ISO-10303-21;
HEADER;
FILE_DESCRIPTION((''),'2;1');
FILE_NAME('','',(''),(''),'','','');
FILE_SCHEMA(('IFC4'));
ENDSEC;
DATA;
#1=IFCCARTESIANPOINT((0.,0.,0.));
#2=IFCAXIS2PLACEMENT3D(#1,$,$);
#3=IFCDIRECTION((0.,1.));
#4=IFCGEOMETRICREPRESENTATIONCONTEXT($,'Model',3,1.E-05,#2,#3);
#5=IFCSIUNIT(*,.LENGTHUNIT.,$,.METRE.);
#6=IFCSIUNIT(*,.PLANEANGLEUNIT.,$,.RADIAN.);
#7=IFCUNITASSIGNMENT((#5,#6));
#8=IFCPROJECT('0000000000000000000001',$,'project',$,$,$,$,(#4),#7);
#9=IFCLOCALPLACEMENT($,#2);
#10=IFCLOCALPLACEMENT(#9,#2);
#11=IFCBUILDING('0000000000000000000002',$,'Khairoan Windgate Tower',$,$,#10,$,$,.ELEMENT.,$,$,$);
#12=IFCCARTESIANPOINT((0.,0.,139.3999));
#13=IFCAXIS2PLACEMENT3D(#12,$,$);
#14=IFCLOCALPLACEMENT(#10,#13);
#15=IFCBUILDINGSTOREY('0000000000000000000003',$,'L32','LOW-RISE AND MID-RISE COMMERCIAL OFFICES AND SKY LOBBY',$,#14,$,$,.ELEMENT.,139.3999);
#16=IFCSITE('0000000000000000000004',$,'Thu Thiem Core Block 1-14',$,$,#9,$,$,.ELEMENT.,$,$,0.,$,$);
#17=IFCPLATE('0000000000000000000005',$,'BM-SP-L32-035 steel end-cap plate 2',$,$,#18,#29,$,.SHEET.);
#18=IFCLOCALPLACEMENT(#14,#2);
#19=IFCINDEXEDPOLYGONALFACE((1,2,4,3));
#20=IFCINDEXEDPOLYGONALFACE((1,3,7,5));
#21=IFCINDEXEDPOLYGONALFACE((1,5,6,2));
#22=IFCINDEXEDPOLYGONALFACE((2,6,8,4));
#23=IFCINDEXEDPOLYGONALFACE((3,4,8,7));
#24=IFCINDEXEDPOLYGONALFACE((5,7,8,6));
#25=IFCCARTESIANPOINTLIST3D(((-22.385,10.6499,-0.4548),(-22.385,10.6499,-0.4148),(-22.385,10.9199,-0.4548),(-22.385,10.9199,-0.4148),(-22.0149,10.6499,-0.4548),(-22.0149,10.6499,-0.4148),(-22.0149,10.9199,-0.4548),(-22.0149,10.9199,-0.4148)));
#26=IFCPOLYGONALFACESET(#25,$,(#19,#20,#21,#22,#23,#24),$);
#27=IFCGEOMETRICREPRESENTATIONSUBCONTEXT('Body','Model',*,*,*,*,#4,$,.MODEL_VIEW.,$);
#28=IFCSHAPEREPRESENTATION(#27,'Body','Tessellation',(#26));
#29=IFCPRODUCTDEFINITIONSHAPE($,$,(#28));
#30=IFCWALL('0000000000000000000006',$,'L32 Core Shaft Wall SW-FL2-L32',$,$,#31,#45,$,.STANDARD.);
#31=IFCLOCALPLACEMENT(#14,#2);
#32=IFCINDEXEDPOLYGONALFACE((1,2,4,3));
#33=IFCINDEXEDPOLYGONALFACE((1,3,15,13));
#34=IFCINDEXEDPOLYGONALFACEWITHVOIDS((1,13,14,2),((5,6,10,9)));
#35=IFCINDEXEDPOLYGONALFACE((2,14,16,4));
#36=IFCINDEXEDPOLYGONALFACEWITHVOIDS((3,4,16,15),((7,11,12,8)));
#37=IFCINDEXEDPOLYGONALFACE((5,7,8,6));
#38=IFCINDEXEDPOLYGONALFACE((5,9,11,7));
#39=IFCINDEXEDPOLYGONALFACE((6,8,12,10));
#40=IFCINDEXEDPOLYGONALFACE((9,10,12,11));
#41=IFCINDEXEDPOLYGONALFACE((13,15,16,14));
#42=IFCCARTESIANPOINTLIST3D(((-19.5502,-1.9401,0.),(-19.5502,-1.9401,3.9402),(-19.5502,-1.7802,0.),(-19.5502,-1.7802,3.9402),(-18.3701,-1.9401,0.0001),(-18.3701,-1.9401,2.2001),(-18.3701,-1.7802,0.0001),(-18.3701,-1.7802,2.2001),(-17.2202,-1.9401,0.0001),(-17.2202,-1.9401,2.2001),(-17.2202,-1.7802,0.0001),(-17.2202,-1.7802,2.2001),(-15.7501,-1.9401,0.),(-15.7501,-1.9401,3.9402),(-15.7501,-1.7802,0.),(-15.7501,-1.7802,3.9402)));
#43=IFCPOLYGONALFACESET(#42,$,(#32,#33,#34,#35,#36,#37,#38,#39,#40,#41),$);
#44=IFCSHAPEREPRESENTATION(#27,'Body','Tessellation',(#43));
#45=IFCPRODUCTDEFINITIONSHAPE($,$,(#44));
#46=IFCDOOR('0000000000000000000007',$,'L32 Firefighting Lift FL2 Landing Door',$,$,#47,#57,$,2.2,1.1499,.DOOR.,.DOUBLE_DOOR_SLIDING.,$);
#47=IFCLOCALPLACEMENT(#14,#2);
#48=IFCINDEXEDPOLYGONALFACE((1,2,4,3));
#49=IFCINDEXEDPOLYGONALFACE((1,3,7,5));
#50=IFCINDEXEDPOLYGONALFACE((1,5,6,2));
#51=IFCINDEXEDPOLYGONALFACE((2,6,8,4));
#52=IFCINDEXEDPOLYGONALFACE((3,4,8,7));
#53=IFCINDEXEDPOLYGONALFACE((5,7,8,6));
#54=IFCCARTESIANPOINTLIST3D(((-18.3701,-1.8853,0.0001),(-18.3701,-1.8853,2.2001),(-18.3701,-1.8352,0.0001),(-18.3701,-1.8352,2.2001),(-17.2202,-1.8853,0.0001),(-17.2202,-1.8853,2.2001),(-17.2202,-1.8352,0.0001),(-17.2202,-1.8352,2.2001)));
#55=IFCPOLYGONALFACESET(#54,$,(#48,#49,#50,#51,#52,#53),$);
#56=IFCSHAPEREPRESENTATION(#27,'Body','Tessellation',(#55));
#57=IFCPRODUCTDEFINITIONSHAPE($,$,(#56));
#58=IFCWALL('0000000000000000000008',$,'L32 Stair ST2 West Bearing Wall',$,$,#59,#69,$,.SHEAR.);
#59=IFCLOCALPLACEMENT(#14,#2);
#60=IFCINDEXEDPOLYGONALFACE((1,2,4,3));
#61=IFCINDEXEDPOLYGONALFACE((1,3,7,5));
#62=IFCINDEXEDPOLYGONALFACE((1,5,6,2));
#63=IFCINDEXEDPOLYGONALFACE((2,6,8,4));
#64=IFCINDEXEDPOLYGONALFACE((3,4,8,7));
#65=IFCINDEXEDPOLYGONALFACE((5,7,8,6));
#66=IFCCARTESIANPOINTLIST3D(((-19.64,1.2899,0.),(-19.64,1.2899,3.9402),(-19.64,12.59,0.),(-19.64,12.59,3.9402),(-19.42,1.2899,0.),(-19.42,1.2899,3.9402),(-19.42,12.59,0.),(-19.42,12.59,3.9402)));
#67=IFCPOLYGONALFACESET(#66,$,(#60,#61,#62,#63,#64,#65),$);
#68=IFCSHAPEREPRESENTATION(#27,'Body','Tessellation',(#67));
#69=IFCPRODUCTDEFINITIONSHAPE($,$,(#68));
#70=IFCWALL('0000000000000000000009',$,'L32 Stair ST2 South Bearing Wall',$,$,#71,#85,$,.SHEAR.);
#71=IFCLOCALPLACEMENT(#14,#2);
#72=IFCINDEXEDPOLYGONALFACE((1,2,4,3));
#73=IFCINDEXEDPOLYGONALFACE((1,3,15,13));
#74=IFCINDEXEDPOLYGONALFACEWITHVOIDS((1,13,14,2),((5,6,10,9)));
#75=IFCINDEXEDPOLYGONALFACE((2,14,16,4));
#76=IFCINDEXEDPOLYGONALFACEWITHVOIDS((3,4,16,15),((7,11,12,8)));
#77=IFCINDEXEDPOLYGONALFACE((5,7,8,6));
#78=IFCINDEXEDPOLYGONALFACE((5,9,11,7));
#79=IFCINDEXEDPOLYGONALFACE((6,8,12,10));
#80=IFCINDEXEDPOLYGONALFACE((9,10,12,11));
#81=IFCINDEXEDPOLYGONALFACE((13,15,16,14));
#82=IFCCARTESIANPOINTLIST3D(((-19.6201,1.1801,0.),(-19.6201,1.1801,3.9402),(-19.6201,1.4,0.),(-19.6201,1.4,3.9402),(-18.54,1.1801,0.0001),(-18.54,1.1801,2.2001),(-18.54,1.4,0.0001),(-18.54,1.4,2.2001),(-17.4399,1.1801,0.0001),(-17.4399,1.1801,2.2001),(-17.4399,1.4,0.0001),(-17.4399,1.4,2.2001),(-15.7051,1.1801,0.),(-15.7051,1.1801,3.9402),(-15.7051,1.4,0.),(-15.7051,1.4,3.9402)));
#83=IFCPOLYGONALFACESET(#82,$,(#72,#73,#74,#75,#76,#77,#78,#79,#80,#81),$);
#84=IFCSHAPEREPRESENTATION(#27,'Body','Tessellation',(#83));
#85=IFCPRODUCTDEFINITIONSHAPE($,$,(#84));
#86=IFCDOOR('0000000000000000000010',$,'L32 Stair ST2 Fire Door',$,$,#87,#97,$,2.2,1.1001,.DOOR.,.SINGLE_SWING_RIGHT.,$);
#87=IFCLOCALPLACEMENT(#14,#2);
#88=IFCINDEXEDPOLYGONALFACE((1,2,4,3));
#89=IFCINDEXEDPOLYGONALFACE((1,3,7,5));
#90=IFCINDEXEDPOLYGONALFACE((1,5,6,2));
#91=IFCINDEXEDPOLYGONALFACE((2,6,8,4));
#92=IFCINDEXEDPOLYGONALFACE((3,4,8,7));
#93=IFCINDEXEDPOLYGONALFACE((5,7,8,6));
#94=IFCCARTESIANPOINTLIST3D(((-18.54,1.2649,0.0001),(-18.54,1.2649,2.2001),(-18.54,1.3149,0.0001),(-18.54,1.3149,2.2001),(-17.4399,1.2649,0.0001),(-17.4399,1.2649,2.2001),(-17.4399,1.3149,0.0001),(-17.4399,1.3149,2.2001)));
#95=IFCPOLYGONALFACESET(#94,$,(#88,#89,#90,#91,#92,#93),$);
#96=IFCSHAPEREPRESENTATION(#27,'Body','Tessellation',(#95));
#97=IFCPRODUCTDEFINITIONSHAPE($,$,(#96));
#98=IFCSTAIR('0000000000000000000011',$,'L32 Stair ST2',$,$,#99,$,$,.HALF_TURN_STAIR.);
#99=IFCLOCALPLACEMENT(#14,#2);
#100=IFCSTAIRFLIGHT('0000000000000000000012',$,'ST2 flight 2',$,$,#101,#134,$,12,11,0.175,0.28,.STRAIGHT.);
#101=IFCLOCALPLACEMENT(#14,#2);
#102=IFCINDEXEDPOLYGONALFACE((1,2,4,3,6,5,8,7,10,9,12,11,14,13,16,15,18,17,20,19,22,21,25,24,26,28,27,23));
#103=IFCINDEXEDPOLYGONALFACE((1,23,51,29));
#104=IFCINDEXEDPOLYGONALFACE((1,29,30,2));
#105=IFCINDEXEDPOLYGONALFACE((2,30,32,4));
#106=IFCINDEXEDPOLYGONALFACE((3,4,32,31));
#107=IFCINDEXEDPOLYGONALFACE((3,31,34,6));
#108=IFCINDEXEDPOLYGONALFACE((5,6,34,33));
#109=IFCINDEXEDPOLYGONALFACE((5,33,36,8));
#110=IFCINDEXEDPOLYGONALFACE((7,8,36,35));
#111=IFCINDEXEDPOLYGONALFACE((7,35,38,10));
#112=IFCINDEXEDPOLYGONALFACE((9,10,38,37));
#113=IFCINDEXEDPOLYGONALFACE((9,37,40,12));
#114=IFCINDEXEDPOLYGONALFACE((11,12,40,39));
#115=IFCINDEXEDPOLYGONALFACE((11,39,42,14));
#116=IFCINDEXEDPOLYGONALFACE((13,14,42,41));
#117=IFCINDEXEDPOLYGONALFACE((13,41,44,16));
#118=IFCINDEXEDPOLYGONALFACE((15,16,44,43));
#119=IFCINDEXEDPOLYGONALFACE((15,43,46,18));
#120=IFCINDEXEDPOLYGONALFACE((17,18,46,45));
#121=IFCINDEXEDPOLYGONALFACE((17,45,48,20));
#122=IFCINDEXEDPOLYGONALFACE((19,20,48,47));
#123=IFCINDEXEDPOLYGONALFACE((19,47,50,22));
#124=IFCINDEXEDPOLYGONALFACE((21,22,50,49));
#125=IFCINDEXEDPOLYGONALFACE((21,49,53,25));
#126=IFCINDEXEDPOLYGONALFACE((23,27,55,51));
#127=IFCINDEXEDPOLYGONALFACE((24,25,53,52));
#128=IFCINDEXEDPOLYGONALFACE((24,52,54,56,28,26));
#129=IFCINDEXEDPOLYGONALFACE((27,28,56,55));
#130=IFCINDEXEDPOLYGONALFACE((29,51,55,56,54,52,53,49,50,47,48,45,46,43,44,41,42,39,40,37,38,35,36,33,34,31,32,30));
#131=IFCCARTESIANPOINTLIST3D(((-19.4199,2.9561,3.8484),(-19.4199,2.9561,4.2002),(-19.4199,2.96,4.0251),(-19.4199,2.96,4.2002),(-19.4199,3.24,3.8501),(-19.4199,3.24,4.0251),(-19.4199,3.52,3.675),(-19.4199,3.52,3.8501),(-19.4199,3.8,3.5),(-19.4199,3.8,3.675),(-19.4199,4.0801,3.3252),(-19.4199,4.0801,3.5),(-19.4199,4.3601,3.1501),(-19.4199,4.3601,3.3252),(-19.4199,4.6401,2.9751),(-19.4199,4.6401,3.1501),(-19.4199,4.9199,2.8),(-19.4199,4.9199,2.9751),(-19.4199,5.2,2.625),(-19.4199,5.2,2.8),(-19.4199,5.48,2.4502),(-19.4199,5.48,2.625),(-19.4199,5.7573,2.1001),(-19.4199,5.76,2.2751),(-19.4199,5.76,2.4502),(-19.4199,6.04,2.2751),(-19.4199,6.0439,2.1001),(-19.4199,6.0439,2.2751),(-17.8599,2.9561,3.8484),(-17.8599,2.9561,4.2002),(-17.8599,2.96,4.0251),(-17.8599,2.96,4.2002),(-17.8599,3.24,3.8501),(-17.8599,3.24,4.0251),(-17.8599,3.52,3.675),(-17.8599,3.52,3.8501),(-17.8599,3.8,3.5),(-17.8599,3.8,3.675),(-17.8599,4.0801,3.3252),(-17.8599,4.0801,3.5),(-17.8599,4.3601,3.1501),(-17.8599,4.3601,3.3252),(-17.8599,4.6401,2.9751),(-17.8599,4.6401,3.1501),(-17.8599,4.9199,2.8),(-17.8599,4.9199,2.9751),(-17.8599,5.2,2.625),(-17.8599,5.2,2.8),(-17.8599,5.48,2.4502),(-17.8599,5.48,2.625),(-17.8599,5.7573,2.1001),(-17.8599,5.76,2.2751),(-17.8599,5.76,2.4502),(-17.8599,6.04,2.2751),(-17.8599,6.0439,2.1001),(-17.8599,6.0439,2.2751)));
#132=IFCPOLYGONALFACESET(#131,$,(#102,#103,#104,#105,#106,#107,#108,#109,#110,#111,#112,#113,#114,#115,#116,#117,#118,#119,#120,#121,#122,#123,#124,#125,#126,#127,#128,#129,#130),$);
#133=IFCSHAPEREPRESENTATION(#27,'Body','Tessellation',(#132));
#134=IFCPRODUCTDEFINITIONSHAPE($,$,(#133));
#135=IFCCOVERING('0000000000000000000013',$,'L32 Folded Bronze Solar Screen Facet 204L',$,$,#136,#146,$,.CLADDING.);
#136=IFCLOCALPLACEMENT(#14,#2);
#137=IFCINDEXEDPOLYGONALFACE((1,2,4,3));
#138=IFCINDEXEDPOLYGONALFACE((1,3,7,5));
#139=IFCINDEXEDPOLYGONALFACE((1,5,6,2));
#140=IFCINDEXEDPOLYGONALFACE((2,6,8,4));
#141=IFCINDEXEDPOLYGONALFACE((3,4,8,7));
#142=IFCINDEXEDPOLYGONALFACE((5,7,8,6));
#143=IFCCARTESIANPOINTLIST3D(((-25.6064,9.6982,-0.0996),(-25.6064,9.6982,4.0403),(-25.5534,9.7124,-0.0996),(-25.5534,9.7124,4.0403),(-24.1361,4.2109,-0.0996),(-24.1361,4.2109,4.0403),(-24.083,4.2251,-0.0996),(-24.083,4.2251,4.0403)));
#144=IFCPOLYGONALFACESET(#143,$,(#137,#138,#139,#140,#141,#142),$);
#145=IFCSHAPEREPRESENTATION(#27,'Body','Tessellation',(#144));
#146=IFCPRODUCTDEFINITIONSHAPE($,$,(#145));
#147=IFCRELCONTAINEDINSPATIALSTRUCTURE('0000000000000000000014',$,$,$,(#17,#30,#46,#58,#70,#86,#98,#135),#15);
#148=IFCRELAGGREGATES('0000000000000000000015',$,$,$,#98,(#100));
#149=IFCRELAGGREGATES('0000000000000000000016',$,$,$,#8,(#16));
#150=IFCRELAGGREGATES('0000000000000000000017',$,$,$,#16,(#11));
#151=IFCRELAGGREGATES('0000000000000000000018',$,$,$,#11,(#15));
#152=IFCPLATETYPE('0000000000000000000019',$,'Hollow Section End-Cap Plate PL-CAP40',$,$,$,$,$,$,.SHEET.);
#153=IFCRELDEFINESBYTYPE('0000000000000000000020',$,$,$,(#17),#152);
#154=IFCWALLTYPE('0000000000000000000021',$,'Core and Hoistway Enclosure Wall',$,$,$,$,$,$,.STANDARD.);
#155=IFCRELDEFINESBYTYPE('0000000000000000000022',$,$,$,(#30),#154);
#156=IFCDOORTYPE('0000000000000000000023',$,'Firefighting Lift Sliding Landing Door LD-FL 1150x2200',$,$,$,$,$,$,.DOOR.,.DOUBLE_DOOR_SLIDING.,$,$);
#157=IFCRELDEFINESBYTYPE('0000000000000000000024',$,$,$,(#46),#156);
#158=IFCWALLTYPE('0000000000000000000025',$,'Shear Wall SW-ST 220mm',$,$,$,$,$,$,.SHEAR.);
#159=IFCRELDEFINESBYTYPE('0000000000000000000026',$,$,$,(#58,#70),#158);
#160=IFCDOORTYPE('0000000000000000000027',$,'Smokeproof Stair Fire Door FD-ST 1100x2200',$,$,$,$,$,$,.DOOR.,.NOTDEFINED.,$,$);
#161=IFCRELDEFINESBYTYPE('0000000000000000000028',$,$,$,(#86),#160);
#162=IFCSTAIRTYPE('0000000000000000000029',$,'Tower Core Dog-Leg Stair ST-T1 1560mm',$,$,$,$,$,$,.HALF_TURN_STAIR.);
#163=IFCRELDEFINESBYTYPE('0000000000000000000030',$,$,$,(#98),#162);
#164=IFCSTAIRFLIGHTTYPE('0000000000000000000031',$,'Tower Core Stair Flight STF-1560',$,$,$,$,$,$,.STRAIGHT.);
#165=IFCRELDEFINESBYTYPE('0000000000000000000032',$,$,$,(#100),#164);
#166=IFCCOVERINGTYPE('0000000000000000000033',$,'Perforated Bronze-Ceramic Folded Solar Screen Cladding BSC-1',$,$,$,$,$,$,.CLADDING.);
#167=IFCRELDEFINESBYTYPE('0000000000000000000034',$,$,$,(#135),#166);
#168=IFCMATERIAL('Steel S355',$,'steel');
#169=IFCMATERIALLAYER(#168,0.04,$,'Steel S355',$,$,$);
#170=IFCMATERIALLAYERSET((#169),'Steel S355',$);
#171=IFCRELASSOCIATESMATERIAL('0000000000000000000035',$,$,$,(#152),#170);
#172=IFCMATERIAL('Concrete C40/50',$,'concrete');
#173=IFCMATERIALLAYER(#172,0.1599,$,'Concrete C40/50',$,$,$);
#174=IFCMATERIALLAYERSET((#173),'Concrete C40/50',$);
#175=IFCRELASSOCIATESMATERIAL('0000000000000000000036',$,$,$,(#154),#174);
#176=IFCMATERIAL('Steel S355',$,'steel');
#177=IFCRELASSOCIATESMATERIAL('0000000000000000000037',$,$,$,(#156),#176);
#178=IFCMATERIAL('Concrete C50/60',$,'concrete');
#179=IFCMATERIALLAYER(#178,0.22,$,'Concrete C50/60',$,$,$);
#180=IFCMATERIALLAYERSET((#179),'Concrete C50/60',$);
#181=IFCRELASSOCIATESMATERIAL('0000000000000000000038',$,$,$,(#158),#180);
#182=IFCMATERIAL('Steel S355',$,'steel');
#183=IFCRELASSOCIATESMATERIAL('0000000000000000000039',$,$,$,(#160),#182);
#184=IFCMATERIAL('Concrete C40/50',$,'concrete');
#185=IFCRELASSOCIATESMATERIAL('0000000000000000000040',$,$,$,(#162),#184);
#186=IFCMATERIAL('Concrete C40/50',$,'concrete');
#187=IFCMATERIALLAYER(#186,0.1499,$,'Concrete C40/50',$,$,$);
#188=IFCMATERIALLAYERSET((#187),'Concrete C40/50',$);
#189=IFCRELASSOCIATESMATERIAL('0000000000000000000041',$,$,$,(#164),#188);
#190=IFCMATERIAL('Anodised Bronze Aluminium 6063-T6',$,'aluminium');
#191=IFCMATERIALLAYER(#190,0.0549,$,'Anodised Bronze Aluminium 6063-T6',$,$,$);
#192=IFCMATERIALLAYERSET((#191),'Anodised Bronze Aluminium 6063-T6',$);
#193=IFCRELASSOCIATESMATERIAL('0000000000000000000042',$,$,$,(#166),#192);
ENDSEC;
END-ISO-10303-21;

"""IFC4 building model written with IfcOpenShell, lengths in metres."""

from ifc_helpers import new_model, si_unit, direction, frame, frame_2d, origin, origin_2d, place, context, subcontext, project, spatial, polyline, rectangle, outline, extrude, material, layer, layer_set, type_object, element, fill, aggregate, save


model = new_model("IFC4")

# Units and contexts
model_context = context("Model", 3, precision=1e-05, world=origin(), true_north=direction((0.0, 1.0)))
body_context = subcontext(model_context, "Body", "Model", "MODEL_VIEW")
ifc_project = project(units=[si_unit("LENGTHUNIT", "METRE"), si_unit("PLANEANGLEUNIT", "RADIAN")], contexts=[model_context])

# Site, building, storey
site_placement = place(None, origin())
site = spatial("IfcSite", under=ifc_project, at=site_placement, Name="Thu Thiem Core Block 1-14", CompositionType="ELEMENT", RefElevation=0.0)
building_placement = place(site_placement, origin())
building = spatial("IfcBuilding", under=site, at=building_placement, Name="Khairoan Windgate Tower", CompositionType="ELEMENT")
storey_placement = place(building_placement, frame((0.0, 0.0, 139.3999)))
storey = spatial("IfcBuildingStorey", under=building, at=storey_placement, Name="L32", Description="LOW-RISE AND MID-RISE COMMERCIAL OFFICES AND SKY LOBBY", CompositionType="ELEMENT", Elevation=139.3999)

# Plate
ifc_material_1 = material(Name="Steel S355", Category="steel")
ifc_layer_1 = layer(ifc_material_1, 0.04, Name="Steel S355")
ifc_layer_set_1 = layer_set([ifc_layer_1], Name="Steel S355")
plate_type = type_object("IfcPlateType", Name="Hollow Section End-Cap Plate PL-CAP40", PredefinedType="SHEET", material=ifc_layer_set_1)
for number, where, z_axis, x_axis, name in (
    (1, (-22.2, 10.7849, -0.4548), (0.0, 0.0, 1.0), (0.0, 1.0, 0.0), "BM-SP-L32-035 steel end-cap plate 2"),
):
    element("IfcPlate", number, at=place(storey_placement, frame(where, z_axis=z_axis, x_axis=x_axis)), inside=storey, type_object=plate_type, Name=name, PredefinedType="SHEET", context=body_context, shape_type="SweptSolid", body=[
        extrude(rectangle(XDim=0.27, YDim=0.3701, at=origin_2d()), origin(), (0.0, 0.0, 1.0), 0.04),
    ])

# Wall, opening, door
ifc_material_2 = material(Name="Concrete C40/50", Category="concrete")
ifc_layer_2 = layer(ifc_material_2, 0.1599, Name="Concrete C40/50")
ifc_layer_set_2 = layer_set([ifc_layer_2], Name="Concrete C40/50")
wall_type_1 = type_object("IfcWallType", Name="Core and Hoistway Enclosure Wall", PredefinedType="STANDARD", material=ifc_layer_set_2)
wall_1_placement = place(storey_placement, frame((-19.55, -1.8601, 0.0), z_axis=(0.0, 0.0, 1.0), x_axis=(1.0, 0.0, 0.0)))
wall_1 = element("IfcWall", 2, at=wall_1_placement, inside=storey, type_object=wall_type_1, Name="L32 Core Shaft Wall SW-FL2-L32", PredefinedType="STANDARD", context=body_context, shape_type="SweptSolid", body=[
    extrude(rectangle(XDim=3.8, YDim=0.1599, at=frame_2d((1.8999, 0.0))), origin(), (0.0, 0.0, 1.0), 3.9402),
])
opening_1_placement = place(wall_1_placement, frame((1.1799, 0.0, 0.0)))
opening_1 = element("IfcOpeningElement", 3, at=opening_1_placement, cuts=wall_1, PredefinedType="OPENING", context=body_context, shape_type="SweptSolid", body=[
    extrude(rectangle(XDim=1.1499, YDim=2.2, at=frame_2d((0.575, 1.1001))), frame((0.0, 0.0898, 0.0), z_axis=(0.0, -1.0, 0.0), x_axis=(1.0, 0.0, 0.0)), (0.0, 0.0, 1.0), 0.1799),
])
ifc_material_3 = material(Name="Steel S355", Category="steel")
door_type_1 = type_object("IfcDoorType", Name="Firefighting Lift Sliding Landing Door LD-FL 1150x2200", OperationType="DOUBLE_DOOR_SLIDING", PredefinedType="DOOR", material=ifc_material_3)
door_1_placement = place(opening_1_placement, origin())
door_1 = element("IfcDoor", 4, at=door_1_placement, inside=storey, type_object=door_type_1, Name="L32 Firefighting Lift FL2 Landing Door", OperationType="DOUBLE_DOOR_SLIDING", OverallHeight=2.2, OverallWidth=1.1499, PredefinedType="DOOR", context=body_context, shape_type="SweptSolid", body=[
    extrude(rectangle(XDim=1.1499, YDim=2.2, at=frame_2d((0.575, 1.1001))), frame((0.0, 0.0249, 0.0), z_axis=(0.0, -1.0, 0.0), x_axis=(1.0, 0.0, 0.0)), (0.0, 0.0, 1.0), 0.05),
])
fill(opening_1, door_1)

# Wall
ifc_material_4 = material(Name="Concrete C50/60", Category="concrete")
ifc_layer_3 = layer(ifc_material_4, 0.22, Name="Concrete C50/60")
ifc_layer_set_3 = layer_set([ifc_layer_3], Name="Concrete C50/60")
wall_type_2 = type_object("IfcWallType", Name="Shear Wall SW-ST 220mm", PredefinedType="SHEAR", material=ifc_layer_set_3)
wall_2_placement = place(storey_placement, frame((-19.53, 1.29, 0.0), z_axis=(0.0, 0.0, 1.0), x_axis=(0.0, 1.0, 0.0)))
element("IfcWall", 5, at=wall_2_placement, inside=storey, type_object=wall_type_2, Name="L32 Stair ST2 West Bearing Wall", PredefinedType="SHEAR", context=body_context, shape_type="SweptSolid", body=[
    extrude(rectangle(XDim=11.3, YDim=0.22, at=frame_2d((5.6499, 0.0))), origin(), (0.0, 0.0, 1.0), 3.9402),
])

# Wall, opening, door
wall_3_placement = place(storey_placement, frame((-19.6201, 1.29, 0.0), z_axis=(0.0, 0.0, 1.0), x_axis=(1.0, 0.0, 0.0)))
wall_3 = element("IfcWall", 6, at=wall_3_placement, inside=storey, type_object=wall_type_2, Name="L32 Stair ST2 South Bearing Wall", PredefinedType="SHEAR", context=body_context, shape_type="SweptSolid", body=[
    extrude(rectangle(XDim=3.915, YDim=0.22, at=frame_2d((1.9575, 0.0))), origin(), (0.0, 0.0, 1.0), 3.9402),
])
opening_2_placement = place(wall_3_placement, frame((1.0801, 0.0, 0.0)))
opening_2 = element("IfcOpeningElement", 7, at=opening_2_placement, cuts=wall_3, PredefinedType="OPENING", context=body_context, shape_type="SweptSolid", body=[
    extrude(rectangle(XDim=1.1001, YDim=2.2, at=frame_2d((0.55, 1.1001))), frame((0.0, 0.1199, 0.0), z_axis=(0.0, -1.0, 0.0), x_axis=(1.0, 0.0, 0.0)), (0.0, 0.0, 1.0), 0.24),
])
ifc_material_5 = material(Name="Steel S355", Category="steel")
door_type_2 = type_object("IfcDoorType", Name="Smokeproof Stair Fire Door FD-ST 1100x2200", OperationType="NOTDEFINED", PredefinedType="DOOR", material=ifc_material_5)
door_2_placement = place(opening_2_placement, origin())
door_2 = element("IfcDoor", 8, at=door_2_placement, inside=storey, type_object=door_type_2, Name="L32 Stair ST2 Fire Door", OperationType="SINGLE_SWING_RIGHT", OverallHeight=2.2, OverallWidth=1.1001, PredefinedType="DOOR", context=body_context, shape_type="SweptSolid", body=[
    extrude(rectangle(XDim=1.1001, YDim=2.2, at=frame_2d((0.55, 1.1001))), frame((0.0, 0.0249, 0.0), z_axis=(0.0, -1.0, 0.0), x_axis=(1.0, 0.0, 0.0)), (0.0, 0.0, 1.0), 0.05),
])
fill(opening_2, door_2)

# Stair, stair flight
ifc_material_6 = material(Name="Concrete C40/50", Category="concrete")
stair_type = type_object("IfcStairType", Name="Tower Core Dog-Leg Stair ST-T1 1560mm", PredefinedType="HALF_TURN_STAIR", material=ifc_material_6)
stair_placement = place(storey_placement, origin())
stair = element("IfcStair", 9, at=stair_placement, inside=storey, type_object=stair_type, Name="L32 Stair ST2", PredefinedType="HALF_TURN_STAIR")
ifc_material_7 = material(Name="Concrete C40/50", Category="concrete")
ifc_layer_4 = layer(ifc_material_7, 0.1499, Name="Concrete C40/50")
ifc_layer_set_4 = layer_set([ifc_layer_4], Name="Concrete C40/50")
stair_flight_type = type_object("IfcStairFlightType", Name="Tower Core Stair Flight STF-1560", PredefinedType="STRAIGHT", material=ifc_layer_set_4)
stair_flight_placement = place(storey_placement, frame((-18.6399, 6.04, 2.1001), z_axis=(0.0, 0.0, 1.0), x_axis=(0.0, -1.0, 0.0)))
stair_flight = element("IfcStairFlight", 10, at=stair_flight_placement, type_object=stair_flight_type, Name="ST2 flight 2", NumberOfRisers=12, NumberOfTreads=11, PredefinedType="STRAIGHT", RiserHeight=0.175, TreadLength=0.28, context=body_context, shape_type="SweptSolid", body=[
    extrude(outline(polyline([(-0.0039, 0.0), (-0.0039, 0.175), (0.0, 0.175), (0.28, 0.175), (0.28, 0.3501), (0.5601, 0.3501), (0.5601, 0.5249), (0.8401, 0.5249), (0.8401, 0.7), (1.1201, 0.7), (1.1201, 0.875), (1.3999, 0.875), (1.3999, 1.05), (1.6799, 1.05), (1.6799, 1.2251), (1.96, 1.2251), (1.96, 1.3999), (2.24, 1.3999), (2.24, 1.575), (2.52, 1.575), (2.52, 1.75), (2.8, 1.75), (2.8, 1.925), (3.0801, 1.925), (3.0801, 2.1001), (3.084, 2.1001), (3.084, 1.7483), (0.2827, 0.0), (-0.0039, 0.0)])), frame((0.0, 0.78, 0.0), z_axis=(0.0, -1.0, 0.0), x_axis=(1.0, 0.0, 0.0)), (0.0, 0.0, 1.0), 1.5601),
])
aggregate(stair, [stair_flight])

# Covering
ifc_material_8 = material(Name="Anodised Bronze Aluminium 6063-T6", Category="aluminium")
ifc_layer_5 = layer(ifc_material_8, 0.0549, Name="Anodised Bronze Aluminium 6063-T6")
ifc_layer_set_5 = layer_set([ifc_layer_5], Name="Anodised Bronze Aluminium 6063-T6")
covering_type = type_object("IfcCoveringType", Name="Perforated Bronze-Ceramic Folded Solar Screen Cladding BSC-1", PredefinedType="CLADDING", material=ifc_layer_set_5)
covering_placement = place(storey_placement, frame((-24.8447, 6.9617, -0.0996), z_axis=(0.0, 0.0, 1.0), x_axis=(-0.258819, 0.965926, 0.0)))
element("IfcCovering", 11, at=covering_placement, inside=storey, type_object=covering_type, Name="L32 Folded Bronze Solar Screen Facet 204L", PredefinedType="CLADDING", context=body_context, shape_type="SweptSolid", body=[
    extrude(rectangle(XDim=5.6809, YDim=0.0549, at=origin_2d()), origin(), (0.0, 0.0, 1.0), 4.1399),
])

save(model, "model.ifc")
